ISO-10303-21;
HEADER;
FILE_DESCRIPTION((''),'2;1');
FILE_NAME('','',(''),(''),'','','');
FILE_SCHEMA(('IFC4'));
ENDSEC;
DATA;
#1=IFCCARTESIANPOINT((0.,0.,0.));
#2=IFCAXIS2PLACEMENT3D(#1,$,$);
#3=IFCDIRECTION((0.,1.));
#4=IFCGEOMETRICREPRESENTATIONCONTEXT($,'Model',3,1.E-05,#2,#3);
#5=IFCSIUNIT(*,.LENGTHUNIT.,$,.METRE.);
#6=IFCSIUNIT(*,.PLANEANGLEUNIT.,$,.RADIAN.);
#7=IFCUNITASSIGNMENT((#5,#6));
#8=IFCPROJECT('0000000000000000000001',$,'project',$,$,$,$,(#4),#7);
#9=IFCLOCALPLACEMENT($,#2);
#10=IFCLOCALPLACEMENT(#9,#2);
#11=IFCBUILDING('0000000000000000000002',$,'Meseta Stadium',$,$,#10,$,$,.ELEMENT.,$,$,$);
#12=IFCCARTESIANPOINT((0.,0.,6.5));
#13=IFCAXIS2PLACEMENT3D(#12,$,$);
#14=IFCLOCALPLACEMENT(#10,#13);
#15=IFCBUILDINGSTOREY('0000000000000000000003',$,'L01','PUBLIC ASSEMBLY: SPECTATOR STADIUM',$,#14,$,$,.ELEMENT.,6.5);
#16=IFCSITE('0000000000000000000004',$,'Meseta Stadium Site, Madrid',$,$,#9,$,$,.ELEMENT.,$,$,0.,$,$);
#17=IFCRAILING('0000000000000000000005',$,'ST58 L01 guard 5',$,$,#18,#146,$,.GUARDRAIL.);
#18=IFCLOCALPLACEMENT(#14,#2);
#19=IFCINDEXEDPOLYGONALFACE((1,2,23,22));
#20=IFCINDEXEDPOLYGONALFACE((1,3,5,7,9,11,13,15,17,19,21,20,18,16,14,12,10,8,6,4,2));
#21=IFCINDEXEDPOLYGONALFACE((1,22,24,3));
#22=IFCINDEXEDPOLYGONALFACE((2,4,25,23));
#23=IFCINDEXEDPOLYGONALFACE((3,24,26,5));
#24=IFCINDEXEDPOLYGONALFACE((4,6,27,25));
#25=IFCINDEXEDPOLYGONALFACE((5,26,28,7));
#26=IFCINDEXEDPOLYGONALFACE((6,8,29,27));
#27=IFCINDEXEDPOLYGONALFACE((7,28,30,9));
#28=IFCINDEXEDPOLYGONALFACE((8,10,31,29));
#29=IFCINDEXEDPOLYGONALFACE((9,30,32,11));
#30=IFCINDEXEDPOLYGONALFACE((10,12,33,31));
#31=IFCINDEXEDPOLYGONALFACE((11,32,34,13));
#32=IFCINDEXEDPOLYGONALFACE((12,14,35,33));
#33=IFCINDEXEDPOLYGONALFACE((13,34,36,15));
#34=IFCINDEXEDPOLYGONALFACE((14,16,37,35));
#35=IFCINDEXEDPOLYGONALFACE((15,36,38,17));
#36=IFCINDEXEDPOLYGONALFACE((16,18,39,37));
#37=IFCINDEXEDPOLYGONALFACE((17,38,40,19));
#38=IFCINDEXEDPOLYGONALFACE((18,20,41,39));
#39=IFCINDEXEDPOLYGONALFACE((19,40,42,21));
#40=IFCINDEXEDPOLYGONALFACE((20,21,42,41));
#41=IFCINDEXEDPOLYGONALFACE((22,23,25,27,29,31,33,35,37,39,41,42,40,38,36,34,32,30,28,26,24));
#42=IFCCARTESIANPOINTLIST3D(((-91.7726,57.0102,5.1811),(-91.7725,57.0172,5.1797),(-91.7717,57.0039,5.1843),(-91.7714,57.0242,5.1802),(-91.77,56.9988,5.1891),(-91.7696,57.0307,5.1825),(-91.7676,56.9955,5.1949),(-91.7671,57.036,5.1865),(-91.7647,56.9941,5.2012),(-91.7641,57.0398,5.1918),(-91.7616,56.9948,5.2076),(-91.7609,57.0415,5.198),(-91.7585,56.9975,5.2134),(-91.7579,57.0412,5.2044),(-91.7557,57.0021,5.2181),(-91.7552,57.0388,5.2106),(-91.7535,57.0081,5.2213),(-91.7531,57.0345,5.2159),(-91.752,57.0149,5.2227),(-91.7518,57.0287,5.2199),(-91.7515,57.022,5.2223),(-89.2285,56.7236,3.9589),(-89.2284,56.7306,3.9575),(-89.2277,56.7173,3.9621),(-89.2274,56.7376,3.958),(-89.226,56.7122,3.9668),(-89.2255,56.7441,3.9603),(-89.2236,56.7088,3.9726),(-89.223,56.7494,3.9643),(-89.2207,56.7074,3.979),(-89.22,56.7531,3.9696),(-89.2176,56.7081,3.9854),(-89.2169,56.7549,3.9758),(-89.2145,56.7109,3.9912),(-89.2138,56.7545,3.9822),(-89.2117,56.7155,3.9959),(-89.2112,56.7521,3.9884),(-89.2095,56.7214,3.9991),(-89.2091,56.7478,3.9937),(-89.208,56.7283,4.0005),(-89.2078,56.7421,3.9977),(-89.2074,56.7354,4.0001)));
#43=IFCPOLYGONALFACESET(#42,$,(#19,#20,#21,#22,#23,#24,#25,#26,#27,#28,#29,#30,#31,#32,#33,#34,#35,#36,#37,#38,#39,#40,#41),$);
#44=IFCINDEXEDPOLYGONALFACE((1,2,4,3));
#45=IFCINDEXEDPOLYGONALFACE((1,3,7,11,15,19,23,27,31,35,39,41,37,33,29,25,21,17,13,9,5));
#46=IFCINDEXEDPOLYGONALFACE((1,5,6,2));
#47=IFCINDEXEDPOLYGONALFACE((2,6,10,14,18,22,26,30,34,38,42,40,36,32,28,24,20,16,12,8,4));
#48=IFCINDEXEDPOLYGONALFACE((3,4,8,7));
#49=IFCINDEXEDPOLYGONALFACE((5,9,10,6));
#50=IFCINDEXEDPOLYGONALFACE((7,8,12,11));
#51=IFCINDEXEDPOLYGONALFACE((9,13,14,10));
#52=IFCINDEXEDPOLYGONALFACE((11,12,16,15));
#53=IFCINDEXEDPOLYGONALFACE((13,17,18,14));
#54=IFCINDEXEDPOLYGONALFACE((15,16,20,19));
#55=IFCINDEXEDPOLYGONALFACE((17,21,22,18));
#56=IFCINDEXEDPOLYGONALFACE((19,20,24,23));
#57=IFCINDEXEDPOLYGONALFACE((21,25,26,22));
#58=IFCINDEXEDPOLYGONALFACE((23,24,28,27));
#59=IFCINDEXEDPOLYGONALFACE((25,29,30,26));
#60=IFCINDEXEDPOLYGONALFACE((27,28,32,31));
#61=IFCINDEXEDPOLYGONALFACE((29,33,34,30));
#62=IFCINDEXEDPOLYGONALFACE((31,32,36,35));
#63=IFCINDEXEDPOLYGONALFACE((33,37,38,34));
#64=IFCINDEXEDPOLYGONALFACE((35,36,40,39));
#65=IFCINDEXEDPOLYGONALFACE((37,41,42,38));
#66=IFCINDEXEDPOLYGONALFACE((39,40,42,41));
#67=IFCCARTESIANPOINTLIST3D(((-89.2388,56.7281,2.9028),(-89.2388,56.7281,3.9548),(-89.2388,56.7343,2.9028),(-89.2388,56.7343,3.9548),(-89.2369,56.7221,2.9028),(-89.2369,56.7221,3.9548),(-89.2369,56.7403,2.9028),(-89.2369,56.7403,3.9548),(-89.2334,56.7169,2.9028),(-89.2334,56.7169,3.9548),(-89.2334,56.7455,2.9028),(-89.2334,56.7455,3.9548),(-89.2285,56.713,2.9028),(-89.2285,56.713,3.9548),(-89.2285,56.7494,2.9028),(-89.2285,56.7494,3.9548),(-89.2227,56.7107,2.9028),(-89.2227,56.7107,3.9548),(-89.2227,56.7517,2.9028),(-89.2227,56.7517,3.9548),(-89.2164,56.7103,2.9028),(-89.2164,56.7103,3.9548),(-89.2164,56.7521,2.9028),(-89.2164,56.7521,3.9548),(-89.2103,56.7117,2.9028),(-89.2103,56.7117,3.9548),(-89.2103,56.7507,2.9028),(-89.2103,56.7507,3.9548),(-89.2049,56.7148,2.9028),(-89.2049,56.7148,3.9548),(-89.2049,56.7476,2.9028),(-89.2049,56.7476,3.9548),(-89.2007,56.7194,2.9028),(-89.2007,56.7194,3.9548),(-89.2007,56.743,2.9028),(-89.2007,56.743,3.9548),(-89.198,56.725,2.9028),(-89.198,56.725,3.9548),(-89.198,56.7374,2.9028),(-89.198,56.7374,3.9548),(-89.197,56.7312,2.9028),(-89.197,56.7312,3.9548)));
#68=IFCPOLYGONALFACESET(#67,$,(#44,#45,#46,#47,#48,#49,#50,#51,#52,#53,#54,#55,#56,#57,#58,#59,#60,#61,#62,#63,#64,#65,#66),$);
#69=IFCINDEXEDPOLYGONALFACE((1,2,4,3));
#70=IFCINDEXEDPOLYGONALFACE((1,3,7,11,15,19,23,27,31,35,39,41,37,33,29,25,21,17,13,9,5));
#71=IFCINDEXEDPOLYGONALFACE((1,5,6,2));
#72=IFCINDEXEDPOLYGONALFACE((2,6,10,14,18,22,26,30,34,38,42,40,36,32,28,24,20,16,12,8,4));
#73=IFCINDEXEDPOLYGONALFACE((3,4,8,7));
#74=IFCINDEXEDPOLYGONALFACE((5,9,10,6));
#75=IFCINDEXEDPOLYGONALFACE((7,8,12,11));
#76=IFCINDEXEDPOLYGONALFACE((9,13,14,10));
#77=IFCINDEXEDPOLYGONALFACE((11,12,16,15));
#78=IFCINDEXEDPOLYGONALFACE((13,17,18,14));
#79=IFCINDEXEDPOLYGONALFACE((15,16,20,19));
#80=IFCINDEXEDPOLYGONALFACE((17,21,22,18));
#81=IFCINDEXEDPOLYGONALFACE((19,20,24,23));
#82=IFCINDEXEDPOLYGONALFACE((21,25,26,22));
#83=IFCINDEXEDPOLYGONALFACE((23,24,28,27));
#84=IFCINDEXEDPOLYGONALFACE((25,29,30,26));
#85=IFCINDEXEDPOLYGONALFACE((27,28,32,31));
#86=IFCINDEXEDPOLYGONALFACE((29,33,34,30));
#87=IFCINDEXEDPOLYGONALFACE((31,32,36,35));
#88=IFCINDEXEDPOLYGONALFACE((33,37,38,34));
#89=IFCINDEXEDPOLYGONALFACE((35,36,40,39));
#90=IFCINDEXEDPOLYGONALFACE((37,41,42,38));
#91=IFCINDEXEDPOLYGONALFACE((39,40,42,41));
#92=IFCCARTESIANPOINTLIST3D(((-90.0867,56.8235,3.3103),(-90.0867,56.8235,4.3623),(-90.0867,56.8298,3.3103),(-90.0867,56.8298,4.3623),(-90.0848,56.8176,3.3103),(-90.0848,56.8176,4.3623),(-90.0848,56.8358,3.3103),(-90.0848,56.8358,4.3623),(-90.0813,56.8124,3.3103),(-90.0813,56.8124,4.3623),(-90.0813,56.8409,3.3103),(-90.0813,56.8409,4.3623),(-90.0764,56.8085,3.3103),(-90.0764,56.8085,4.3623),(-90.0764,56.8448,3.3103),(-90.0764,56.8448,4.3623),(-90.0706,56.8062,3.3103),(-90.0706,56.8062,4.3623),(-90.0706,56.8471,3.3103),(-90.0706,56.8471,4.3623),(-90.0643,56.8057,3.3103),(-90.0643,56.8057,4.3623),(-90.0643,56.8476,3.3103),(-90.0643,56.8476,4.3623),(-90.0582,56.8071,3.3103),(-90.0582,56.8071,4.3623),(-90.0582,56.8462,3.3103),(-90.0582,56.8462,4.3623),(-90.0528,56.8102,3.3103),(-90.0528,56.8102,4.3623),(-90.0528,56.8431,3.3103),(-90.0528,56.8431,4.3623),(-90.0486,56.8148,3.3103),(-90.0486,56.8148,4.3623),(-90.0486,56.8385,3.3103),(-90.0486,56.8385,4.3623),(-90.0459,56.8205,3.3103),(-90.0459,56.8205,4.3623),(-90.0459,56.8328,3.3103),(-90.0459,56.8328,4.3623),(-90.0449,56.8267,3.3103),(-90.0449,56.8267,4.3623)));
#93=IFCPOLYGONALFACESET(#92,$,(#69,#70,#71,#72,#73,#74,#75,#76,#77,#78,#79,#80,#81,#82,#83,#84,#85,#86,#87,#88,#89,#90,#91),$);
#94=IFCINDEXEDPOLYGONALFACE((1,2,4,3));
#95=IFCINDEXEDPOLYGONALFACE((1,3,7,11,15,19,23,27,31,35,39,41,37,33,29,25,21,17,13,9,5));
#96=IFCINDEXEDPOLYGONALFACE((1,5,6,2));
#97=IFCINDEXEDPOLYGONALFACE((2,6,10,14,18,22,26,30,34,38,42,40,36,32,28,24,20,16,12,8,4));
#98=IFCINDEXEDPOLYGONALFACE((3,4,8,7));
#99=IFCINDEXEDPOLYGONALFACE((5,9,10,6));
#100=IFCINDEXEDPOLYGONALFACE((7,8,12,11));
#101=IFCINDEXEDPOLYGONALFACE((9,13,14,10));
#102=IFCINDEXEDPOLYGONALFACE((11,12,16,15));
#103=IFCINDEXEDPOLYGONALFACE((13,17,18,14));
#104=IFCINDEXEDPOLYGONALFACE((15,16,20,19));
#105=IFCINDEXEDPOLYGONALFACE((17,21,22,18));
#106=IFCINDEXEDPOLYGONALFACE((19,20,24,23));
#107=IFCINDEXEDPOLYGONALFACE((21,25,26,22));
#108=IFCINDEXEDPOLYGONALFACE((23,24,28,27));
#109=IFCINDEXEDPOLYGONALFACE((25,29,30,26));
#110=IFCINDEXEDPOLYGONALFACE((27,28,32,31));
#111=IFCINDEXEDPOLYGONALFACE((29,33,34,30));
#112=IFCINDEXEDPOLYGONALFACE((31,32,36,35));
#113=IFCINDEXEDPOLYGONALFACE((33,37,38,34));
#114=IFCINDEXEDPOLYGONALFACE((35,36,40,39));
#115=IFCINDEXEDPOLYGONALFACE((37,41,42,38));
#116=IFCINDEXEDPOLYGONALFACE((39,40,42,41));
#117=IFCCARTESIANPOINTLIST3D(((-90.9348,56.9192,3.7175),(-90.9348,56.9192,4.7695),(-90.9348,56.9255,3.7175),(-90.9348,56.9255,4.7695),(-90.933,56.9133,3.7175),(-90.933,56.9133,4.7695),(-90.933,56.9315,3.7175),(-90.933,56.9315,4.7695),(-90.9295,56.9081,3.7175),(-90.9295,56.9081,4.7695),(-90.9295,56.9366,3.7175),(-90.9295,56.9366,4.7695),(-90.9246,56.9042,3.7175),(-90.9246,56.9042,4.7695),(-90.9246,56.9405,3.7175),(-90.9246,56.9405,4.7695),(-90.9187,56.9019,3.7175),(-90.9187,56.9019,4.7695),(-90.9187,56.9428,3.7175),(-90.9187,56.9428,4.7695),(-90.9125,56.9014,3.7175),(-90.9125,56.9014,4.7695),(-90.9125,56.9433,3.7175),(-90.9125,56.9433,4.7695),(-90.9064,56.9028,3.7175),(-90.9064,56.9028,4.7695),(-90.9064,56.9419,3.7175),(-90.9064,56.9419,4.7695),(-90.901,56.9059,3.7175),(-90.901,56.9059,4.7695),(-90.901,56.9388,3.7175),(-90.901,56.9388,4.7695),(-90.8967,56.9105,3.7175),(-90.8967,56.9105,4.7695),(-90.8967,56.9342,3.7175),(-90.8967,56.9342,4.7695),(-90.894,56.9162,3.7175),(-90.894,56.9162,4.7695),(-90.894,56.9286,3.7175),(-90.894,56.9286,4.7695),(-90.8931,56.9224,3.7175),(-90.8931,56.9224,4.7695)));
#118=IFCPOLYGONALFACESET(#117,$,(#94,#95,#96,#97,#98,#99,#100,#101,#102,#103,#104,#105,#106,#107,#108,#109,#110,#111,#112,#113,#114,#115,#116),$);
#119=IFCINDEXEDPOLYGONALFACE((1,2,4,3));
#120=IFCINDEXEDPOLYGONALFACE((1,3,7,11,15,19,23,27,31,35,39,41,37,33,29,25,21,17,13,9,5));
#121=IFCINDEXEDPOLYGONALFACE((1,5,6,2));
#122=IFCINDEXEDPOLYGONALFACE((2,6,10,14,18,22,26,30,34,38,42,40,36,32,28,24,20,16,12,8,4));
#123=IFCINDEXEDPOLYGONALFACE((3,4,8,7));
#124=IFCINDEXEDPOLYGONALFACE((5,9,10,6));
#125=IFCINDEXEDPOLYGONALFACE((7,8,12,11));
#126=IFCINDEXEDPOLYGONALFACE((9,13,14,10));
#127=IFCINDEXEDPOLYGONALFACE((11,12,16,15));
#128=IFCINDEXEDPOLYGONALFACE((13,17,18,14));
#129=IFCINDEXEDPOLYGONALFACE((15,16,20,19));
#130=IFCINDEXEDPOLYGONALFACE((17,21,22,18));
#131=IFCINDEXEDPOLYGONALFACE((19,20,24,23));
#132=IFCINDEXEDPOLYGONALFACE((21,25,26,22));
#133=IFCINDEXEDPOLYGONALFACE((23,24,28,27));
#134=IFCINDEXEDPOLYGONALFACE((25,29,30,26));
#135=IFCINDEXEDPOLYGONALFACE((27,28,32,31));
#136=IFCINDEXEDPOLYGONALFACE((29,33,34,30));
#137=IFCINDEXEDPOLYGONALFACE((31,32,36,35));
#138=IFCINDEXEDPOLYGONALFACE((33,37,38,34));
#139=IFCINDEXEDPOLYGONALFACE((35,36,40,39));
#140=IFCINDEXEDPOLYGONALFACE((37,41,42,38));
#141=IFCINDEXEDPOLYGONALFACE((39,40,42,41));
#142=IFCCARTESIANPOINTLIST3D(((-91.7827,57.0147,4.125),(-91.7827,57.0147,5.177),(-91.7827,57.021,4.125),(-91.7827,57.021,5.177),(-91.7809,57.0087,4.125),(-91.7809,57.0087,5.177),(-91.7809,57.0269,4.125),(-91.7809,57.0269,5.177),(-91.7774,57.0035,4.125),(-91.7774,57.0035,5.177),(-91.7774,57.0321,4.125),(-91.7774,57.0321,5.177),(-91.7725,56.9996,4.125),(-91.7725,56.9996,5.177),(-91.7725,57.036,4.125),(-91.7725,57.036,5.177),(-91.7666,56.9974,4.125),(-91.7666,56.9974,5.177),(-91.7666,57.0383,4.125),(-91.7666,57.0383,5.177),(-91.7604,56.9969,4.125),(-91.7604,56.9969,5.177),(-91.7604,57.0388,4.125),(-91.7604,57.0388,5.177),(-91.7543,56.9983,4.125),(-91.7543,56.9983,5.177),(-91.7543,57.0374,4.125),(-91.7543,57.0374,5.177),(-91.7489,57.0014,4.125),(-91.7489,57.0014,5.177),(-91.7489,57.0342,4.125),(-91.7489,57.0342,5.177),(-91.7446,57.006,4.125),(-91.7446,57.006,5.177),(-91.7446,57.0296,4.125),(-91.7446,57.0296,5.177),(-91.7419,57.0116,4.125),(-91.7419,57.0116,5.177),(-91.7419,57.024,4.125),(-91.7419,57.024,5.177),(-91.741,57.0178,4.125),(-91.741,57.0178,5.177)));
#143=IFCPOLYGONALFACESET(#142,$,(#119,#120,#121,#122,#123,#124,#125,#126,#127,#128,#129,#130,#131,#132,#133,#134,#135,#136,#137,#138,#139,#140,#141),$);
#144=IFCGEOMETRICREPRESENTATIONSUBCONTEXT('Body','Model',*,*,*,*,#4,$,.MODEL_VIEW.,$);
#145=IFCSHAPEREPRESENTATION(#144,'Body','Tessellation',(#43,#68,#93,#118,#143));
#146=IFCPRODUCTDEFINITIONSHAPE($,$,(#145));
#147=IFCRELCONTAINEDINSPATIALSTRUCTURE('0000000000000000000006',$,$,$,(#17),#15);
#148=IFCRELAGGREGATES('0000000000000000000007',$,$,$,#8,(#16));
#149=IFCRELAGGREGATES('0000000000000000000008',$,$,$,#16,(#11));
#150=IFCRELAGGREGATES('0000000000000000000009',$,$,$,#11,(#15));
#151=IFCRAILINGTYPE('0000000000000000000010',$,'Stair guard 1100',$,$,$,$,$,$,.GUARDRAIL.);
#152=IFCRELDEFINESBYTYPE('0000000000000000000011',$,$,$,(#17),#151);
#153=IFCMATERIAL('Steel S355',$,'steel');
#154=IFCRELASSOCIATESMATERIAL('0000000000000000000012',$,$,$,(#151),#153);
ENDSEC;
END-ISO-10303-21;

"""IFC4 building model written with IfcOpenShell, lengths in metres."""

from ifc_helpers import new_model, si_unit, direction, frame, origin, origin_2d, place, context, subcontext, project, spatial, circle, extrude, material, type_object, element, save


model = new_model("IFC4")

# Units and contexts
model_context = context("Model", 3, precision=1e-05, world=origin(), true_north=direction((0.0, 1.0)))
body_context = subcontext(model_context, "Body", "Model", "MODEL_VIEW")
ifc_project = project(units=[si_unit("LENGTHUNIT", "METRE"), si_unit("PLANEANGLEUNIT", "RADIAN")], contexts=[model_context])

# Site, building, storey
site_placement = place(None, origin())
site = spatial("IfcSite", under=ifc_project, at=site_placement, Name="Meseta Stadium Site, Madrid", CompositionType="ELEMENT", RefElevation=0.0)
building_placement = place(site_placement, origin())
building = spatial("IfcBuilding", under=site, at=building_placement, Name="Meseta Stadium", CompositionType="ELEMENT")
storey_placement = place(building_placement, frame((0.0, 0.0, 6.5)))
storey = spatial("IfcBuildingStorey", under=building, at=storey_placement, Name="L01", Description="PUBLIC ASSEMBLY: SPECTATOR STADIUM", CompositionType="ELEMENT", Elevation=6.5)

# Railing
ifc_material_1 = material(Name="Steel S355", Category="steel")
railing_type_1 = type_object("IfcRailingType", Name="Stair guard 1100", PredefinedType="GUARDRAIL", material=ifc_material_1)
railing_1_placement = place(storey_placement, frame((-89.218, 56.7312, 2.9028)))
element("IfcRailing", 1, at=railing_1_placement, inside=storey, type_object=railing_type_1, Name="ST58 L01 guard 5", PredefinedType="GUARDRAIL", context=body_context, shape_type="SweptSolid", body=[
    extrude(circle(Radius=0.0239, at=origin_2d()), frame((0.0, 0.0, 1.0762), z_axis=(-0.896762, 0.101036, 0.430824), x_axis=(-0.11196, -0.993713, 0.0)), (0.0, 0.0, 1.0), 2.8369),
    extrude(circle(Radius=0.021, at=origin_2d()), origin(), (0.0, 0.0, 1.0), 1.052),
    extrude(circle(Radius=0.021, at=origin_2d()), frame((-0.8479, 0.0955, 0.4075)), (0.0, 0.0, 1.0), 1.052),
    extrude(circle(Radius=0.021, at=origin_2d()), frame((-1.696, 0.1912, 0.8147)), (0.0, 0.0, 1.0), 1.052),
    extrude(circle(Radius=0.021, at=origin_2d()), frame((-2.5439, 0.2866, 1.2222)), (0.0, 0.0, 1.0), 1.052),
])

save(model, "model.ifc")
